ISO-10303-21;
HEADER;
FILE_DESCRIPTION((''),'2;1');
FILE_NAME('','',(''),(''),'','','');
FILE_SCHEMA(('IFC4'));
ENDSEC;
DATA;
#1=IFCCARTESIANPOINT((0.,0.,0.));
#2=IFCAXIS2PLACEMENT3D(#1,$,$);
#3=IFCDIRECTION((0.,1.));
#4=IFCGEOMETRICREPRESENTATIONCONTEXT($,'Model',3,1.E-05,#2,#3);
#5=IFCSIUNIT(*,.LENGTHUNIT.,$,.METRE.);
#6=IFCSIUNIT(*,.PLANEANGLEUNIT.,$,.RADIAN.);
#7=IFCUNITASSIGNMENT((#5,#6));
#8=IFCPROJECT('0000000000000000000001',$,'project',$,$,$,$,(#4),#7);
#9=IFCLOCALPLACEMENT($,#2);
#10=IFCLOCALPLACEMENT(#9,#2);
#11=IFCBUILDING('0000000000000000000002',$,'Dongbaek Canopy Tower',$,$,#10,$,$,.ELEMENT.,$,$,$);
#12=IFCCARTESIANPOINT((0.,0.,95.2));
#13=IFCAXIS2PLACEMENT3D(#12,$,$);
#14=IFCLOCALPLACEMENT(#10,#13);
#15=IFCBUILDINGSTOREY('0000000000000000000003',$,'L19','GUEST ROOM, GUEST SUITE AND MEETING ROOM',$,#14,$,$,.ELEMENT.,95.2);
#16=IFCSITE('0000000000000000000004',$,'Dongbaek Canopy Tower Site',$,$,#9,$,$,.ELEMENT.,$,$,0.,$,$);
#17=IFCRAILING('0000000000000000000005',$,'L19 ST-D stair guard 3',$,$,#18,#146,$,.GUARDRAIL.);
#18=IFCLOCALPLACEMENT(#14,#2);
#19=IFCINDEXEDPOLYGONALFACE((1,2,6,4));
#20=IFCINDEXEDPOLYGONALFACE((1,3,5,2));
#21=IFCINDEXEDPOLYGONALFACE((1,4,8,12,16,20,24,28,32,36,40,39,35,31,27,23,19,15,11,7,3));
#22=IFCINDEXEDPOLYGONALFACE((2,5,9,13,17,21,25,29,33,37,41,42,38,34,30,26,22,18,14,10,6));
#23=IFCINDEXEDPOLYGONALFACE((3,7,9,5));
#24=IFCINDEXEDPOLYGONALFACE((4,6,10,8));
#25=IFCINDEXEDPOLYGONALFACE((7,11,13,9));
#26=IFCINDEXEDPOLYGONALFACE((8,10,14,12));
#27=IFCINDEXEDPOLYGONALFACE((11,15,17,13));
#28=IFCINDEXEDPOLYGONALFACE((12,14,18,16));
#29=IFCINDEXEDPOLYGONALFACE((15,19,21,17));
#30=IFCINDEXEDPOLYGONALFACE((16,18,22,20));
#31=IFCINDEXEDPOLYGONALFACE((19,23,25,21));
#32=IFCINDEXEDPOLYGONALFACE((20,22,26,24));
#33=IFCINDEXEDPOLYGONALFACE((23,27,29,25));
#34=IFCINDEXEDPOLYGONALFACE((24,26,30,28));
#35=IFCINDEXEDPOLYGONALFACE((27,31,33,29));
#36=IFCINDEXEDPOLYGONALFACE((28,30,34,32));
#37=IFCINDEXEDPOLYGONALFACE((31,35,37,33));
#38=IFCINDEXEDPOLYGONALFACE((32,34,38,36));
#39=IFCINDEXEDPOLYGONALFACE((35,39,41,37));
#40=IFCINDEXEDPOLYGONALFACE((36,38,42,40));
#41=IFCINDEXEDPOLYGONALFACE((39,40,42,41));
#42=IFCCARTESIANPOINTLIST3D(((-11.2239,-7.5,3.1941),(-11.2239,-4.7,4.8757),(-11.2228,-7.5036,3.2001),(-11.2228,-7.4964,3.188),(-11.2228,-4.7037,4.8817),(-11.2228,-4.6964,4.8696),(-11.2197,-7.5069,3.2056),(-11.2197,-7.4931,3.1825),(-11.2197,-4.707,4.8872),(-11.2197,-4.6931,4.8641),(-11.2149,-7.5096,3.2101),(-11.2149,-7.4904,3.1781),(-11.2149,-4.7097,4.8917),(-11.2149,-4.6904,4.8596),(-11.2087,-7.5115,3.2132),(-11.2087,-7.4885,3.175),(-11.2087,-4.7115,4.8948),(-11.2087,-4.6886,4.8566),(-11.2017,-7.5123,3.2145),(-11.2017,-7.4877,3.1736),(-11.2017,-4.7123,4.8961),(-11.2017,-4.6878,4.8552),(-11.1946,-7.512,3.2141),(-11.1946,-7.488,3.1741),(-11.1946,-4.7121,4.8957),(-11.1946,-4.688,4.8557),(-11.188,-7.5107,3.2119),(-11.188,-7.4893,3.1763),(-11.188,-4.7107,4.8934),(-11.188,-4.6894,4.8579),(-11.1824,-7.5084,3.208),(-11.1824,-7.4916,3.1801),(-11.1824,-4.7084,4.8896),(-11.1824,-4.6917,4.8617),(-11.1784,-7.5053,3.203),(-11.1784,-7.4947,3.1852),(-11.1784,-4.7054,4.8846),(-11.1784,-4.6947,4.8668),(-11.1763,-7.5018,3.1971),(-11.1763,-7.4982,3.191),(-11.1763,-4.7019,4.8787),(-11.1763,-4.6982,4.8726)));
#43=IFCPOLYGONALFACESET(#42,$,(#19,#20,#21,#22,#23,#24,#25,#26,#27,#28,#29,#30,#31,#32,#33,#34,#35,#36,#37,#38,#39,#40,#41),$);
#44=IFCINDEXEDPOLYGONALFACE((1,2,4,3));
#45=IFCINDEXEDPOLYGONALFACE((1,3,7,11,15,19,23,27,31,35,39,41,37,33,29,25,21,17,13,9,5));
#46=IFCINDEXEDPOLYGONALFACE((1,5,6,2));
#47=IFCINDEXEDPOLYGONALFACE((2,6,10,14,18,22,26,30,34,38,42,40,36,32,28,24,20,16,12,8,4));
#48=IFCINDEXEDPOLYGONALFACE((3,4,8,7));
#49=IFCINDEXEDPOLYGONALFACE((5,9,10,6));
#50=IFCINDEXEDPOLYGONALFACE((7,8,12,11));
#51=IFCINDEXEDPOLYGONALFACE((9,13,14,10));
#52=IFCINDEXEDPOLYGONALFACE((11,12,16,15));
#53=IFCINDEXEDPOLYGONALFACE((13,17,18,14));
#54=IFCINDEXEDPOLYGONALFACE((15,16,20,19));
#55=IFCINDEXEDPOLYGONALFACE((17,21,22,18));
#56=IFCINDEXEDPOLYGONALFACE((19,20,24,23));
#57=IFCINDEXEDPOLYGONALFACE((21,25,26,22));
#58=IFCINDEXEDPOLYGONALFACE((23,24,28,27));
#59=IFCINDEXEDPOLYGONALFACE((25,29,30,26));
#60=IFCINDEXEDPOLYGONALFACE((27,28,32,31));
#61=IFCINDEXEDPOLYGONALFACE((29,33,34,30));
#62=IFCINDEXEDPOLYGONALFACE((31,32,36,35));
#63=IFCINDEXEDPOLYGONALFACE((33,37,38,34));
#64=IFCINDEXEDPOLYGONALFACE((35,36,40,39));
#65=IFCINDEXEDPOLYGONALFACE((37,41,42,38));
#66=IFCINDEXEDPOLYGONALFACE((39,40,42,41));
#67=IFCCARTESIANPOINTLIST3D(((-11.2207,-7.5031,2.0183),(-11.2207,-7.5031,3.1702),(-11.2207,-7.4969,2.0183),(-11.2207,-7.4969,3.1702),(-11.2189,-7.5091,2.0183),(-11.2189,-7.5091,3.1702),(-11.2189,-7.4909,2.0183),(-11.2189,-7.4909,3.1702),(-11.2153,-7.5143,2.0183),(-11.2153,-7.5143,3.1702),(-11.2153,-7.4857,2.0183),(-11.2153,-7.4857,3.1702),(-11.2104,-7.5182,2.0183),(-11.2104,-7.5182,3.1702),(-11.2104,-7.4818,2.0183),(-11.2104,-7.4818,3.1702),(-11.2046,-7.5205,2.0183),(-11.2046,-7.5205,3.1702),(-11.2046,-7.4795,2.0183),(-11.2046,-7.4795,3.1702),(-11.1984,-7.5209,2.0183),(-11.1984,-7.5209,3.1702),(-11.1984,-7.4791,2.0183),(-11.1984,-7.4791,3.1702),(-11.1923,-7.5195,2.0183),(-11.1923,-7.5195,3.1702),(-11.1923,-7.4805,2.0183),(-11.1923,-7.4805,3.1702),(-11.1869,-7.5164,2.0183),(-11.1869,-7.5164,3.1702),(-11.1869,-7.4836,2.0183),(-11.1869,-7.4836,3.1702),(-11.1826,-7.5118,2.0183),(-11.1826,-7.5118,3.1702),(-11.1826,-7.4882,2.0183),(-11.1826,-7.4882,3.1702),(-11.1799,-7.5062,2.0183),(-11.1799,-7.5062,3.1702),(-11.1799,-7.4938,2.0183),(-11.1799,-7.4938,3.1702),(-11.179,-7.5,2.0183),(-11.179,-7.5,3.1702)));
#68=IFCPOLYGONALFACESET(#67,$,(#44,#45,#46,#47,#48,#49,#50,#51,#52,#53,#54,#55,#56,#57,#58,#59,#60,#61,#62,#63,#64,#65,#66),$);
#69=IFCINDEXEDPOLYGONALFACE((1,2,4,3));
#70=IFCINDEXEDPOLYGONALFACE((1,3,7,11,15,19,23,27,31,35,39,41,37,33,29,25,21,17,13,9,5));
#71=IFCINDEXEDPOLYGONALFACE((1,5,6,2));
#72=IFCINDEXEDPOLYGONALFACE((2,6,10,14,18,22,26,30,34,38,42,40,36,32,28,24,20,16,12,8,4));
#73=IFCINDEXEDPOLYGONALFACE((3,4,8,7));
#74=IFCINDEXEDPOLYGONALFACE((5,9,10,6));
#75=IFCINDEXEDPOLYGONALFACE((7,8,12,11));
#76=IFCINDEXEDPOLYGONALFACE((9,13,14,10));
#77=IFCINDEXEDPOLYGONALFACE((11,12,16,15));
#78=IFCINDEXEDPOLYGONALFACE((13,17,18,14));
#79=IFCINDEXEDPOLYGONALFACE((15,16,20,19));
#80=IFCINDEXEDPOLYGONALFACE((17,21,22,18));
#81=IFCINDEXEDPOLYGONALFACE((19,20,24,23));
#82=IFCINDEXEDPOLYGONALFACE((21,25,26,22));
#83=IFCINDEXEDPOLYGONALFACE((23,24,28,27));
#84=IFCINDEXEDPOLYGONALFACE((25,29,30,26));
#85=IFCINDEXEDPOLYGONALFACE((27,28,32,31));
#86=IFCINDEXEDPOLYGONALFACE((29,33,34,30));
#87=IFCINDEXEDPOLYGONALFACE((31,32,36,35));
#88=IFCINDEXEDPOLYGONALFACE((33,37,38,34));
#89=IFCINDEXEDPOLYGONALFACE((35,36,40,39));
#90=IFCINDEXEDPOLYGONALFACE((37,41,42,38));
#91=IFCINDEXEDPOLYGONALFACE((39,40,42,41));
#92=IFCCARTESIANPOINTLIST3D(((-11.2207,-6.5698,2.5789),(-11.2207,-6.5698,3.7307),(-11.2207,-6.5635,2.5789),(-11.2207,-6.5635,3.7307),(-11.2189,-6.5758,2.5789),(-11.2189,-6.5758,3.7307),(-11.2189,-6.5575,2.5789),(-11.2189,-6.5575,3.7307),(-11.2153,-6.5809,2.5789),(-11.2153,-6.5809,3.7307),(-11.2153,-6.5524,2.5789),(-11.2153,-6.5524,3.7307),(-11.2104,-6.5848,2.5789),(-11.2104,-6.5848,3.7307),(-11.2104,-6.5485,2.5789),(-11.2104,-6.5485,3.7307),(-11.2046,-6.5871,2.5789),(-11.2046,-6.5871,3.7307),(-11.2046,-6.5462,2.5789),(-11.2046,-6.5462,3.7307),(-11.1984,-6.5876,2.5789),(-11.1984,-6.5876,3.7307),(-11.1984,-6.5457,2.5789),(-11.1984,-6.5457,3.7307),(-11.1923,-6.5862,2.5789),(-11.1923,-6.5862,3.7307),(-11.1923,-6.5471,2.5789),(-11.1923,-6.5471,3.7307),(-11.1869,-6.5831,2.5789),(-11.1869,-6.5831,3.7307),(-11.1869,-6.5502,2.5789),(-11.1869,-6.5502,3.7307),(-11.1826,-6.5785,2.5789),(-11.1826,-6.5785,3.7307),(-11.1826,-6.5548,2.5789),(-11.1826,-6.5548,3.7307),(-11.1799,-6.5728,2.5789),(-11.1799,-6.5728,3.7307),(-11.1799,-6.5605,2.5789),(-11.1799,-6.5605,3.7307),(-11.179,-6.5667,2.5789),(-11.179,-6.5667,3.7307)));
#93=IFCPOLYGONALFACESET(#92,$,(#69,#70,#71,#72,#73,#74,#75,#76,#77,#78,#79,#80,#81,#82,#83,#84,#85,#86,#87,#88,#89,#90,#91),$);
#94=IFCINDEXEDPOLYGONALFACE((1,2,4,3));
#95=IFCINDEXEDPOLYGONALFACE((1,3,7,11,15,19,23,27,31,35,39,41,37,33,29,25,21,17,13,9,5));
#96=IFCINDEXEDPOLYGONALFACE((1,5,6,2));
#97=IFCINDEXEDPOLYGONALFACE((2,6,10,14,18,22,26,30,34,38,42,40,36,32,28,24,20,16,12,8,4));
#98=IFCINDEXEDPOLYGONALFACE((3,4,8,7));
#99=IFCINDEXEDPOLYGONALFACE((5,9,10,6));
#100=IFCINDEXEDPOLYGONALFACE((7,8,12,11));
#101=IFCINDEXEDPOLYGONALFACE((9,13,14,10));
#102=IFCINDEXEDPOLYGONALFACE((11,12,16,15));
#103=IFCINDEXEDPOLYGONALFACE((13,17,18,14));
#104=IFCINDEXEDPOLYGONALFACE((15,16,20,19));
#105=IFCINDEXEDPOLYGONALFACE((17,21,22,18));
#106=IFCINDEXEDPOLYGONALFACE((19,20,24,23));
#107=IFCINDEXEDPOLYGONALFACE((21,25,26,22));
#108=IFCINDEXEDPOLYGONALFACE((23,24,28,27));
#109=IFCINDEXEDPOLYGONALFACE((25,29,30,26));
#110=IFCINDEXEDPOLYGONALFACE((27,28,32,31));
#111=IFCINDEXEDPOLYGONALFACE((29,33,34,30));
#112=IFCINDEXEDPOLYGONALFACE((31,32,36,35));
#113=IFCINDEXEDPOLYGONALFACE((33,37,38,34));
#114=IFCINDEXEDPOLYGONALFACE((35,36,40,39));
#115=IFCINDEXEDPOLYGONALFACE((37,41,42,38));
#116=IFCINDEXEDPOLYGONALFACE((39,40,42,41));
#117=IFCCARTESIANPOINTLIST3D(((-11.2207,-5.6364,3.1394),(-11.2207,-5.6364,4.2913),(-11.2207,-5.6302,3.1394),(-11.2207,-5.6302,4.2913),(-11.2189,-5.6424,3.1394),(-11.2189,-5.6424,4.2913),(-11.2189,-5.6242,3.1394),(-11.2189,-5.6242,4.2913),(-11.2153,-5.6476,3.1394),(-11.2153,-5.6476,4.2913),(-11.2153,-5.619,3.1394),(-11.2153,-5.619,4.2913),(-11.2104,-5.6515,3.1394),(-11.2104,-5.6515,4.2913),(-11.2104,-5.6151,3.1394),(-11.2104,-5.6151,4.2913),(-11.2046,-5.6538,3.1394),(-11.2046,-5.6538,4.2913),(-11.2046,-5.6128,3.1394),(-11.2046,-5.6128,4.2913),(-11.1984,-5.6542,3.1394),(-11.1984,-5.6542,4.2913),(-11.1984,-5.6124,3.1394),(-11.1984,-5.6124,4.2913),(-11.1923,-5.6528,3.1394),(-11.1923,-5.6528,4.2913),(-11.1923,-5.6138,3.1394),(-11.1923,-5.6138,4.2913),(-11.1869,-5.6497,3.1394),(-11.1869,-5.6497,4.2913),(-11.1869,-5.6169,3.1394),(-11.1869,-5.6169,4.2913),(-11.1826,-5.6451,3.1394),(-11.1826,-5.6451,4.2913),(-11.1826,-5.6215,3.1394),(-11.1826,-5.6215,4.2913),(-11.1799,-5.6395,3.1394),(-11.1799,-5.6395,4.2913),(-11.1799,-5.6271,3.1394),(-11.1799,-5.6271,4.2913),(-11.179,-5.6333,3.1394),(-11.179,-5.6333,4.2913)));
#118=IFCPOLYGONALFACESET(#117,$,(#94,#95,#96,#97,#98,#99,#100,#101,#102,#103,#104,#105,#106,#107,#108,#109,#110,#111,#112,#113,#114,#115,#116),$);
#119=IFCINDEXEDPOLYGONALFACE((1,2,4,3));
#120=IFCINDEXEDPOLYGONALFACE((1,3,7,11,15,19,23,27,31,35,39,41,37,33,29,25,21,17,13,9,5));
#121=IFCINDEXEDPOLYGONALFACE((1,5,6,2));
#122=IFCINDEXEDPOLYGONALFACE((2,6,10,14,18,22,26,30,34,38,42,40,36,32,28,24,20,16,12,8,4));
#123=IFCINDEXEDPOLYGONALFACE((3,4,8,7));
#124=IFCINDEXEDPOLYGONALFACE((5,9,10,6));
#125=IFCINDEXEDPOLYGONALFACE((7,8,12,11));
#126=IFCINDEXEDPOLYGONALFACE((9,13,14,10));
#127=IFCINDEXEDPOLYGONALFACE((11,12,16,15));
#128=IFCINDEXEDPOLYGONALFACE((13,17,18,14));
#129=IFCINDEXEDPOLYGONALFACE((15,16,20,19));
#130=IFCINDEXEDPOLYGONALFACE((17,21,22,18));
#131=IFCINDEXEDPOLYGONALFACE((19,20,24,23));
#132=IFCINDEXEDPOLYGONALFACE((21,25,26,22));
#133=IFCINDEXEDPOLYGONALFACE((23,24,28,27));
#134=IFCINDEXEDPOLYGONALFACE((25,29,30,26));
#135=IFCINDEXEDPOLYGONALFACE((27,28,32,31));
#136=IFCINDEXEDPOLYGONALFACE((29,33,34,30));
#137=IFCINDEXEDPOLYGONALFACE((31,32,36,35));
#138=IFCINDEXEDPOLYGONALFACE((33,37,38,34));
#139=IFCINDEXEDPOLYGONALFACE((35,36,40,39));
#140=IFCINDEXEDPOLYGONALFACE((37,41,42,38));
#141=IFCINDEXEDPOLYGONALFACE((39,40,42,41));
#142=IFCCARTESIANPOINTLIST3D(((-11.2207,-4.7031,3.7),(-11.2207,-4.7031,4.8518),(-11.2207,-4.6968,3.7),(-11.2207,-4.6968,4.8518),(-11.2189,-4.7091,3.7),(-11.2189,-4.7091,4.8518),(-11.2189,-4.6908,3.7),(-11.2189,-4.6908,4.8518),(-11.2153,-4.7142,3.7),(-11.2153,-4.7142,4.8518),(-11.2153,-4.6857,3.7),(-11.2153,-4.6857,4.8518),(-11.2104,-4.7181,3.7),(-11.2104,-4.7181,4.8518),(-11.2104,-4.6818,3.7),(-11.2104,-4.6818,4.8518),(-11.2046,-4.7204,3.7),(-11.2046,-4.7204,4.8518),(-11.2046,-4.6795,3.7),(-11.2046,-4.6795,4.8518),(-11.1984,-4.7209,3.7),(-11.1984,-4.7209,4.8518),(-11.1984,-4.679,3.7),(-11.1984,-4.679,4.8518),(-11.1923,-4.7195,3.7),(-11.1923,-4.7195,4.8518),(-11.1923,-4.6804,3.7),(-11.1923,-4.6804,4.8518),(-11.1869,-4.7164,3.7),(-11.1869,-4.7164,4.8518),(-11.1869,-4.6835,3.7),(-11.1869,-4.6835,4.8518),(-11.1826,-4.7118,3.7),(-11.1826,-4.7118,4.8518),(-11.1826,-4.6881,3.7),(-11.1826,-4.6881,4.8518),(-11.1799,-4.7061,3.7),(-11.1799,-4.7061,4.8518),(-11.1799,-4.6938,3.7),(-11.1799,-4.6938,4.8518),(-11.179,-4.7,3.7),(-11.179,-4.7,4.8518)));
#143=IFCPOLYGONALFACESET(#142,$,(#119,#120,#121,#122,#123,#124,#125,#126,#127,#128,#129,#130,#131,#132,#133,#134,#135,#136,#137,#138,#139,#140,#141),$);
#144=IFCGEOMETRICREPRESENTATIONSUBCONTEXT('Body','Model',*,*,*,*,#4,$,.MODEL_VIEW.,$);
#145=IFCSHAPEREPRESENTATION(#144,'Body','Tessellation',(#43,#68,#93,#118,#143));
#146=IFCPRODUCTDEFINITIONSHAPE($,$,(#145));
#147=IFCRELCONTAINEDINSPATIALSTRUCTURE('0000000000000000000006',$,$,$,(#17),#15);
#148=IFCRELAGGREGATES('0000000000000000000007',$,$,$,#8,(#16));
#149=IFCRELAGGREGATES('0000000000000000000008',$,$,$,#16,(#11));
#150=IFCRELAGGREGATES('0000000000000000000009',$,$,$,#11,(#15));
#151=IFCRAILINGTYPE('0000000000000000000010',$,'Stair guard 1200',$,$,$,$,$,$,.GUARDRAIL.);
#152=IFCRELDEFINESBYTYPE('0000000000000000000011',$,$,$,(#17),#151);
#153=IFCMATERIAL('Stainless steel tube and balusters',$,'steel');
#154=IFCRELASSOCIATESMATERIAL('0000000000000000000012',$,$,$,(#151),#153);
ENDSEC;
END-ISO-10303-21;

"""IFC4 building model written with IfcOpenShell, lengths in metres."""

from ifc_helpers import new_model, si_unit, direction, frame, origin, origin_2d, place, context, subcontext, project, spatial, circle, extrude, material, type_object, element, save


model = new_model("IFC4")

# Units and contexts
model_context = context("Model", 3, precision=1e-05, world=origin(), true_north=direction((0.0, 1.0)))
body_context = subcontext(model_context, "Body", "Model", "MODEL_VIEW")
ifc_project = project(units=[si_unit("LENGTHUNIT", "METRE"), si_unit("PLANEANGLEUNIT", "RADIAN")], contexts=[model_context])

# Site, building, storey
site_placement = place(None, origin())
site = spatial("IfcSite", under=ifc_project, at=site_placement, Name="Dongbaek Canopy Tower Site", CompositionType="ELEMENT", RefElevation=0.0)
building_placement = place(site_placement, origin())
building = spatial("IfcBuilding", under=site, at=building_placement, Name="Dongbaek Canopy Tower", CompositionType="ELEMENT")
storey_placement = place(building_placement, frame((0.0, 0.0, 95.2)))
storey = spatial("IfcBuildingStorey", under=building, at=storey_placement, Name="L19", Description="GUEST ROOM, GUEST SUITE AND MEETING ROOM", CompositionType="ELEMENT", Elevation=95.2)

# Railing
ifc_material_1 = material(Name="Stainless steel tube and balusters", Category="steel")
railing_type_1 = type_object("IfcRailingType", Name="Stair guard 1200", PredefinedType="GUARDRAIL", material=ifc_material_1)
railing_1_placement = place(storey_placement, frame((-11.2, -7.5, 2.0183)))
element("IfcRailing", 1, at=railing_1_placement, inside=storey, type_object=railing_type_1, Name="L19 ST-D stair guard 3", PredefinedType="GUARDRAIL", context=body_context, shape_type="SweptSolid", body=[
    extrude(circle(Radius=0.0239, at=origin_2d()), frame((0.0, 0.0, 1.1758), z_axis=(0.0, 0.857275, 0.514858), x_axis=(-1.0, 0.0, 0.0)), (0.0, 0.0, 1.0), 3.2661),
    extrude(circle(Radius=0.021, at=origin_2d()), origin(), (0.0, 0.0, 1.0), 1.1519),
    extrude(circle(Radius=0.021, at=origin_2d()), frame((0.0, 0.9333, 0.5605)), (0.0, 0.0, 1.0), 1.1519),
    extrude(circle(Radius=0.021, at=origin_2d()), frame((0.0, 1.8667, 1.1211)), (0.0, 0.0, 1.0), 1.1519),
    extrude(circle(Radius=0.021, at=origin_2d()), frame((0.0, 2.8, 1.6816)), (0.0, 0.0, 1.0), 1.1519),
])

save(model, "model.ifc")
